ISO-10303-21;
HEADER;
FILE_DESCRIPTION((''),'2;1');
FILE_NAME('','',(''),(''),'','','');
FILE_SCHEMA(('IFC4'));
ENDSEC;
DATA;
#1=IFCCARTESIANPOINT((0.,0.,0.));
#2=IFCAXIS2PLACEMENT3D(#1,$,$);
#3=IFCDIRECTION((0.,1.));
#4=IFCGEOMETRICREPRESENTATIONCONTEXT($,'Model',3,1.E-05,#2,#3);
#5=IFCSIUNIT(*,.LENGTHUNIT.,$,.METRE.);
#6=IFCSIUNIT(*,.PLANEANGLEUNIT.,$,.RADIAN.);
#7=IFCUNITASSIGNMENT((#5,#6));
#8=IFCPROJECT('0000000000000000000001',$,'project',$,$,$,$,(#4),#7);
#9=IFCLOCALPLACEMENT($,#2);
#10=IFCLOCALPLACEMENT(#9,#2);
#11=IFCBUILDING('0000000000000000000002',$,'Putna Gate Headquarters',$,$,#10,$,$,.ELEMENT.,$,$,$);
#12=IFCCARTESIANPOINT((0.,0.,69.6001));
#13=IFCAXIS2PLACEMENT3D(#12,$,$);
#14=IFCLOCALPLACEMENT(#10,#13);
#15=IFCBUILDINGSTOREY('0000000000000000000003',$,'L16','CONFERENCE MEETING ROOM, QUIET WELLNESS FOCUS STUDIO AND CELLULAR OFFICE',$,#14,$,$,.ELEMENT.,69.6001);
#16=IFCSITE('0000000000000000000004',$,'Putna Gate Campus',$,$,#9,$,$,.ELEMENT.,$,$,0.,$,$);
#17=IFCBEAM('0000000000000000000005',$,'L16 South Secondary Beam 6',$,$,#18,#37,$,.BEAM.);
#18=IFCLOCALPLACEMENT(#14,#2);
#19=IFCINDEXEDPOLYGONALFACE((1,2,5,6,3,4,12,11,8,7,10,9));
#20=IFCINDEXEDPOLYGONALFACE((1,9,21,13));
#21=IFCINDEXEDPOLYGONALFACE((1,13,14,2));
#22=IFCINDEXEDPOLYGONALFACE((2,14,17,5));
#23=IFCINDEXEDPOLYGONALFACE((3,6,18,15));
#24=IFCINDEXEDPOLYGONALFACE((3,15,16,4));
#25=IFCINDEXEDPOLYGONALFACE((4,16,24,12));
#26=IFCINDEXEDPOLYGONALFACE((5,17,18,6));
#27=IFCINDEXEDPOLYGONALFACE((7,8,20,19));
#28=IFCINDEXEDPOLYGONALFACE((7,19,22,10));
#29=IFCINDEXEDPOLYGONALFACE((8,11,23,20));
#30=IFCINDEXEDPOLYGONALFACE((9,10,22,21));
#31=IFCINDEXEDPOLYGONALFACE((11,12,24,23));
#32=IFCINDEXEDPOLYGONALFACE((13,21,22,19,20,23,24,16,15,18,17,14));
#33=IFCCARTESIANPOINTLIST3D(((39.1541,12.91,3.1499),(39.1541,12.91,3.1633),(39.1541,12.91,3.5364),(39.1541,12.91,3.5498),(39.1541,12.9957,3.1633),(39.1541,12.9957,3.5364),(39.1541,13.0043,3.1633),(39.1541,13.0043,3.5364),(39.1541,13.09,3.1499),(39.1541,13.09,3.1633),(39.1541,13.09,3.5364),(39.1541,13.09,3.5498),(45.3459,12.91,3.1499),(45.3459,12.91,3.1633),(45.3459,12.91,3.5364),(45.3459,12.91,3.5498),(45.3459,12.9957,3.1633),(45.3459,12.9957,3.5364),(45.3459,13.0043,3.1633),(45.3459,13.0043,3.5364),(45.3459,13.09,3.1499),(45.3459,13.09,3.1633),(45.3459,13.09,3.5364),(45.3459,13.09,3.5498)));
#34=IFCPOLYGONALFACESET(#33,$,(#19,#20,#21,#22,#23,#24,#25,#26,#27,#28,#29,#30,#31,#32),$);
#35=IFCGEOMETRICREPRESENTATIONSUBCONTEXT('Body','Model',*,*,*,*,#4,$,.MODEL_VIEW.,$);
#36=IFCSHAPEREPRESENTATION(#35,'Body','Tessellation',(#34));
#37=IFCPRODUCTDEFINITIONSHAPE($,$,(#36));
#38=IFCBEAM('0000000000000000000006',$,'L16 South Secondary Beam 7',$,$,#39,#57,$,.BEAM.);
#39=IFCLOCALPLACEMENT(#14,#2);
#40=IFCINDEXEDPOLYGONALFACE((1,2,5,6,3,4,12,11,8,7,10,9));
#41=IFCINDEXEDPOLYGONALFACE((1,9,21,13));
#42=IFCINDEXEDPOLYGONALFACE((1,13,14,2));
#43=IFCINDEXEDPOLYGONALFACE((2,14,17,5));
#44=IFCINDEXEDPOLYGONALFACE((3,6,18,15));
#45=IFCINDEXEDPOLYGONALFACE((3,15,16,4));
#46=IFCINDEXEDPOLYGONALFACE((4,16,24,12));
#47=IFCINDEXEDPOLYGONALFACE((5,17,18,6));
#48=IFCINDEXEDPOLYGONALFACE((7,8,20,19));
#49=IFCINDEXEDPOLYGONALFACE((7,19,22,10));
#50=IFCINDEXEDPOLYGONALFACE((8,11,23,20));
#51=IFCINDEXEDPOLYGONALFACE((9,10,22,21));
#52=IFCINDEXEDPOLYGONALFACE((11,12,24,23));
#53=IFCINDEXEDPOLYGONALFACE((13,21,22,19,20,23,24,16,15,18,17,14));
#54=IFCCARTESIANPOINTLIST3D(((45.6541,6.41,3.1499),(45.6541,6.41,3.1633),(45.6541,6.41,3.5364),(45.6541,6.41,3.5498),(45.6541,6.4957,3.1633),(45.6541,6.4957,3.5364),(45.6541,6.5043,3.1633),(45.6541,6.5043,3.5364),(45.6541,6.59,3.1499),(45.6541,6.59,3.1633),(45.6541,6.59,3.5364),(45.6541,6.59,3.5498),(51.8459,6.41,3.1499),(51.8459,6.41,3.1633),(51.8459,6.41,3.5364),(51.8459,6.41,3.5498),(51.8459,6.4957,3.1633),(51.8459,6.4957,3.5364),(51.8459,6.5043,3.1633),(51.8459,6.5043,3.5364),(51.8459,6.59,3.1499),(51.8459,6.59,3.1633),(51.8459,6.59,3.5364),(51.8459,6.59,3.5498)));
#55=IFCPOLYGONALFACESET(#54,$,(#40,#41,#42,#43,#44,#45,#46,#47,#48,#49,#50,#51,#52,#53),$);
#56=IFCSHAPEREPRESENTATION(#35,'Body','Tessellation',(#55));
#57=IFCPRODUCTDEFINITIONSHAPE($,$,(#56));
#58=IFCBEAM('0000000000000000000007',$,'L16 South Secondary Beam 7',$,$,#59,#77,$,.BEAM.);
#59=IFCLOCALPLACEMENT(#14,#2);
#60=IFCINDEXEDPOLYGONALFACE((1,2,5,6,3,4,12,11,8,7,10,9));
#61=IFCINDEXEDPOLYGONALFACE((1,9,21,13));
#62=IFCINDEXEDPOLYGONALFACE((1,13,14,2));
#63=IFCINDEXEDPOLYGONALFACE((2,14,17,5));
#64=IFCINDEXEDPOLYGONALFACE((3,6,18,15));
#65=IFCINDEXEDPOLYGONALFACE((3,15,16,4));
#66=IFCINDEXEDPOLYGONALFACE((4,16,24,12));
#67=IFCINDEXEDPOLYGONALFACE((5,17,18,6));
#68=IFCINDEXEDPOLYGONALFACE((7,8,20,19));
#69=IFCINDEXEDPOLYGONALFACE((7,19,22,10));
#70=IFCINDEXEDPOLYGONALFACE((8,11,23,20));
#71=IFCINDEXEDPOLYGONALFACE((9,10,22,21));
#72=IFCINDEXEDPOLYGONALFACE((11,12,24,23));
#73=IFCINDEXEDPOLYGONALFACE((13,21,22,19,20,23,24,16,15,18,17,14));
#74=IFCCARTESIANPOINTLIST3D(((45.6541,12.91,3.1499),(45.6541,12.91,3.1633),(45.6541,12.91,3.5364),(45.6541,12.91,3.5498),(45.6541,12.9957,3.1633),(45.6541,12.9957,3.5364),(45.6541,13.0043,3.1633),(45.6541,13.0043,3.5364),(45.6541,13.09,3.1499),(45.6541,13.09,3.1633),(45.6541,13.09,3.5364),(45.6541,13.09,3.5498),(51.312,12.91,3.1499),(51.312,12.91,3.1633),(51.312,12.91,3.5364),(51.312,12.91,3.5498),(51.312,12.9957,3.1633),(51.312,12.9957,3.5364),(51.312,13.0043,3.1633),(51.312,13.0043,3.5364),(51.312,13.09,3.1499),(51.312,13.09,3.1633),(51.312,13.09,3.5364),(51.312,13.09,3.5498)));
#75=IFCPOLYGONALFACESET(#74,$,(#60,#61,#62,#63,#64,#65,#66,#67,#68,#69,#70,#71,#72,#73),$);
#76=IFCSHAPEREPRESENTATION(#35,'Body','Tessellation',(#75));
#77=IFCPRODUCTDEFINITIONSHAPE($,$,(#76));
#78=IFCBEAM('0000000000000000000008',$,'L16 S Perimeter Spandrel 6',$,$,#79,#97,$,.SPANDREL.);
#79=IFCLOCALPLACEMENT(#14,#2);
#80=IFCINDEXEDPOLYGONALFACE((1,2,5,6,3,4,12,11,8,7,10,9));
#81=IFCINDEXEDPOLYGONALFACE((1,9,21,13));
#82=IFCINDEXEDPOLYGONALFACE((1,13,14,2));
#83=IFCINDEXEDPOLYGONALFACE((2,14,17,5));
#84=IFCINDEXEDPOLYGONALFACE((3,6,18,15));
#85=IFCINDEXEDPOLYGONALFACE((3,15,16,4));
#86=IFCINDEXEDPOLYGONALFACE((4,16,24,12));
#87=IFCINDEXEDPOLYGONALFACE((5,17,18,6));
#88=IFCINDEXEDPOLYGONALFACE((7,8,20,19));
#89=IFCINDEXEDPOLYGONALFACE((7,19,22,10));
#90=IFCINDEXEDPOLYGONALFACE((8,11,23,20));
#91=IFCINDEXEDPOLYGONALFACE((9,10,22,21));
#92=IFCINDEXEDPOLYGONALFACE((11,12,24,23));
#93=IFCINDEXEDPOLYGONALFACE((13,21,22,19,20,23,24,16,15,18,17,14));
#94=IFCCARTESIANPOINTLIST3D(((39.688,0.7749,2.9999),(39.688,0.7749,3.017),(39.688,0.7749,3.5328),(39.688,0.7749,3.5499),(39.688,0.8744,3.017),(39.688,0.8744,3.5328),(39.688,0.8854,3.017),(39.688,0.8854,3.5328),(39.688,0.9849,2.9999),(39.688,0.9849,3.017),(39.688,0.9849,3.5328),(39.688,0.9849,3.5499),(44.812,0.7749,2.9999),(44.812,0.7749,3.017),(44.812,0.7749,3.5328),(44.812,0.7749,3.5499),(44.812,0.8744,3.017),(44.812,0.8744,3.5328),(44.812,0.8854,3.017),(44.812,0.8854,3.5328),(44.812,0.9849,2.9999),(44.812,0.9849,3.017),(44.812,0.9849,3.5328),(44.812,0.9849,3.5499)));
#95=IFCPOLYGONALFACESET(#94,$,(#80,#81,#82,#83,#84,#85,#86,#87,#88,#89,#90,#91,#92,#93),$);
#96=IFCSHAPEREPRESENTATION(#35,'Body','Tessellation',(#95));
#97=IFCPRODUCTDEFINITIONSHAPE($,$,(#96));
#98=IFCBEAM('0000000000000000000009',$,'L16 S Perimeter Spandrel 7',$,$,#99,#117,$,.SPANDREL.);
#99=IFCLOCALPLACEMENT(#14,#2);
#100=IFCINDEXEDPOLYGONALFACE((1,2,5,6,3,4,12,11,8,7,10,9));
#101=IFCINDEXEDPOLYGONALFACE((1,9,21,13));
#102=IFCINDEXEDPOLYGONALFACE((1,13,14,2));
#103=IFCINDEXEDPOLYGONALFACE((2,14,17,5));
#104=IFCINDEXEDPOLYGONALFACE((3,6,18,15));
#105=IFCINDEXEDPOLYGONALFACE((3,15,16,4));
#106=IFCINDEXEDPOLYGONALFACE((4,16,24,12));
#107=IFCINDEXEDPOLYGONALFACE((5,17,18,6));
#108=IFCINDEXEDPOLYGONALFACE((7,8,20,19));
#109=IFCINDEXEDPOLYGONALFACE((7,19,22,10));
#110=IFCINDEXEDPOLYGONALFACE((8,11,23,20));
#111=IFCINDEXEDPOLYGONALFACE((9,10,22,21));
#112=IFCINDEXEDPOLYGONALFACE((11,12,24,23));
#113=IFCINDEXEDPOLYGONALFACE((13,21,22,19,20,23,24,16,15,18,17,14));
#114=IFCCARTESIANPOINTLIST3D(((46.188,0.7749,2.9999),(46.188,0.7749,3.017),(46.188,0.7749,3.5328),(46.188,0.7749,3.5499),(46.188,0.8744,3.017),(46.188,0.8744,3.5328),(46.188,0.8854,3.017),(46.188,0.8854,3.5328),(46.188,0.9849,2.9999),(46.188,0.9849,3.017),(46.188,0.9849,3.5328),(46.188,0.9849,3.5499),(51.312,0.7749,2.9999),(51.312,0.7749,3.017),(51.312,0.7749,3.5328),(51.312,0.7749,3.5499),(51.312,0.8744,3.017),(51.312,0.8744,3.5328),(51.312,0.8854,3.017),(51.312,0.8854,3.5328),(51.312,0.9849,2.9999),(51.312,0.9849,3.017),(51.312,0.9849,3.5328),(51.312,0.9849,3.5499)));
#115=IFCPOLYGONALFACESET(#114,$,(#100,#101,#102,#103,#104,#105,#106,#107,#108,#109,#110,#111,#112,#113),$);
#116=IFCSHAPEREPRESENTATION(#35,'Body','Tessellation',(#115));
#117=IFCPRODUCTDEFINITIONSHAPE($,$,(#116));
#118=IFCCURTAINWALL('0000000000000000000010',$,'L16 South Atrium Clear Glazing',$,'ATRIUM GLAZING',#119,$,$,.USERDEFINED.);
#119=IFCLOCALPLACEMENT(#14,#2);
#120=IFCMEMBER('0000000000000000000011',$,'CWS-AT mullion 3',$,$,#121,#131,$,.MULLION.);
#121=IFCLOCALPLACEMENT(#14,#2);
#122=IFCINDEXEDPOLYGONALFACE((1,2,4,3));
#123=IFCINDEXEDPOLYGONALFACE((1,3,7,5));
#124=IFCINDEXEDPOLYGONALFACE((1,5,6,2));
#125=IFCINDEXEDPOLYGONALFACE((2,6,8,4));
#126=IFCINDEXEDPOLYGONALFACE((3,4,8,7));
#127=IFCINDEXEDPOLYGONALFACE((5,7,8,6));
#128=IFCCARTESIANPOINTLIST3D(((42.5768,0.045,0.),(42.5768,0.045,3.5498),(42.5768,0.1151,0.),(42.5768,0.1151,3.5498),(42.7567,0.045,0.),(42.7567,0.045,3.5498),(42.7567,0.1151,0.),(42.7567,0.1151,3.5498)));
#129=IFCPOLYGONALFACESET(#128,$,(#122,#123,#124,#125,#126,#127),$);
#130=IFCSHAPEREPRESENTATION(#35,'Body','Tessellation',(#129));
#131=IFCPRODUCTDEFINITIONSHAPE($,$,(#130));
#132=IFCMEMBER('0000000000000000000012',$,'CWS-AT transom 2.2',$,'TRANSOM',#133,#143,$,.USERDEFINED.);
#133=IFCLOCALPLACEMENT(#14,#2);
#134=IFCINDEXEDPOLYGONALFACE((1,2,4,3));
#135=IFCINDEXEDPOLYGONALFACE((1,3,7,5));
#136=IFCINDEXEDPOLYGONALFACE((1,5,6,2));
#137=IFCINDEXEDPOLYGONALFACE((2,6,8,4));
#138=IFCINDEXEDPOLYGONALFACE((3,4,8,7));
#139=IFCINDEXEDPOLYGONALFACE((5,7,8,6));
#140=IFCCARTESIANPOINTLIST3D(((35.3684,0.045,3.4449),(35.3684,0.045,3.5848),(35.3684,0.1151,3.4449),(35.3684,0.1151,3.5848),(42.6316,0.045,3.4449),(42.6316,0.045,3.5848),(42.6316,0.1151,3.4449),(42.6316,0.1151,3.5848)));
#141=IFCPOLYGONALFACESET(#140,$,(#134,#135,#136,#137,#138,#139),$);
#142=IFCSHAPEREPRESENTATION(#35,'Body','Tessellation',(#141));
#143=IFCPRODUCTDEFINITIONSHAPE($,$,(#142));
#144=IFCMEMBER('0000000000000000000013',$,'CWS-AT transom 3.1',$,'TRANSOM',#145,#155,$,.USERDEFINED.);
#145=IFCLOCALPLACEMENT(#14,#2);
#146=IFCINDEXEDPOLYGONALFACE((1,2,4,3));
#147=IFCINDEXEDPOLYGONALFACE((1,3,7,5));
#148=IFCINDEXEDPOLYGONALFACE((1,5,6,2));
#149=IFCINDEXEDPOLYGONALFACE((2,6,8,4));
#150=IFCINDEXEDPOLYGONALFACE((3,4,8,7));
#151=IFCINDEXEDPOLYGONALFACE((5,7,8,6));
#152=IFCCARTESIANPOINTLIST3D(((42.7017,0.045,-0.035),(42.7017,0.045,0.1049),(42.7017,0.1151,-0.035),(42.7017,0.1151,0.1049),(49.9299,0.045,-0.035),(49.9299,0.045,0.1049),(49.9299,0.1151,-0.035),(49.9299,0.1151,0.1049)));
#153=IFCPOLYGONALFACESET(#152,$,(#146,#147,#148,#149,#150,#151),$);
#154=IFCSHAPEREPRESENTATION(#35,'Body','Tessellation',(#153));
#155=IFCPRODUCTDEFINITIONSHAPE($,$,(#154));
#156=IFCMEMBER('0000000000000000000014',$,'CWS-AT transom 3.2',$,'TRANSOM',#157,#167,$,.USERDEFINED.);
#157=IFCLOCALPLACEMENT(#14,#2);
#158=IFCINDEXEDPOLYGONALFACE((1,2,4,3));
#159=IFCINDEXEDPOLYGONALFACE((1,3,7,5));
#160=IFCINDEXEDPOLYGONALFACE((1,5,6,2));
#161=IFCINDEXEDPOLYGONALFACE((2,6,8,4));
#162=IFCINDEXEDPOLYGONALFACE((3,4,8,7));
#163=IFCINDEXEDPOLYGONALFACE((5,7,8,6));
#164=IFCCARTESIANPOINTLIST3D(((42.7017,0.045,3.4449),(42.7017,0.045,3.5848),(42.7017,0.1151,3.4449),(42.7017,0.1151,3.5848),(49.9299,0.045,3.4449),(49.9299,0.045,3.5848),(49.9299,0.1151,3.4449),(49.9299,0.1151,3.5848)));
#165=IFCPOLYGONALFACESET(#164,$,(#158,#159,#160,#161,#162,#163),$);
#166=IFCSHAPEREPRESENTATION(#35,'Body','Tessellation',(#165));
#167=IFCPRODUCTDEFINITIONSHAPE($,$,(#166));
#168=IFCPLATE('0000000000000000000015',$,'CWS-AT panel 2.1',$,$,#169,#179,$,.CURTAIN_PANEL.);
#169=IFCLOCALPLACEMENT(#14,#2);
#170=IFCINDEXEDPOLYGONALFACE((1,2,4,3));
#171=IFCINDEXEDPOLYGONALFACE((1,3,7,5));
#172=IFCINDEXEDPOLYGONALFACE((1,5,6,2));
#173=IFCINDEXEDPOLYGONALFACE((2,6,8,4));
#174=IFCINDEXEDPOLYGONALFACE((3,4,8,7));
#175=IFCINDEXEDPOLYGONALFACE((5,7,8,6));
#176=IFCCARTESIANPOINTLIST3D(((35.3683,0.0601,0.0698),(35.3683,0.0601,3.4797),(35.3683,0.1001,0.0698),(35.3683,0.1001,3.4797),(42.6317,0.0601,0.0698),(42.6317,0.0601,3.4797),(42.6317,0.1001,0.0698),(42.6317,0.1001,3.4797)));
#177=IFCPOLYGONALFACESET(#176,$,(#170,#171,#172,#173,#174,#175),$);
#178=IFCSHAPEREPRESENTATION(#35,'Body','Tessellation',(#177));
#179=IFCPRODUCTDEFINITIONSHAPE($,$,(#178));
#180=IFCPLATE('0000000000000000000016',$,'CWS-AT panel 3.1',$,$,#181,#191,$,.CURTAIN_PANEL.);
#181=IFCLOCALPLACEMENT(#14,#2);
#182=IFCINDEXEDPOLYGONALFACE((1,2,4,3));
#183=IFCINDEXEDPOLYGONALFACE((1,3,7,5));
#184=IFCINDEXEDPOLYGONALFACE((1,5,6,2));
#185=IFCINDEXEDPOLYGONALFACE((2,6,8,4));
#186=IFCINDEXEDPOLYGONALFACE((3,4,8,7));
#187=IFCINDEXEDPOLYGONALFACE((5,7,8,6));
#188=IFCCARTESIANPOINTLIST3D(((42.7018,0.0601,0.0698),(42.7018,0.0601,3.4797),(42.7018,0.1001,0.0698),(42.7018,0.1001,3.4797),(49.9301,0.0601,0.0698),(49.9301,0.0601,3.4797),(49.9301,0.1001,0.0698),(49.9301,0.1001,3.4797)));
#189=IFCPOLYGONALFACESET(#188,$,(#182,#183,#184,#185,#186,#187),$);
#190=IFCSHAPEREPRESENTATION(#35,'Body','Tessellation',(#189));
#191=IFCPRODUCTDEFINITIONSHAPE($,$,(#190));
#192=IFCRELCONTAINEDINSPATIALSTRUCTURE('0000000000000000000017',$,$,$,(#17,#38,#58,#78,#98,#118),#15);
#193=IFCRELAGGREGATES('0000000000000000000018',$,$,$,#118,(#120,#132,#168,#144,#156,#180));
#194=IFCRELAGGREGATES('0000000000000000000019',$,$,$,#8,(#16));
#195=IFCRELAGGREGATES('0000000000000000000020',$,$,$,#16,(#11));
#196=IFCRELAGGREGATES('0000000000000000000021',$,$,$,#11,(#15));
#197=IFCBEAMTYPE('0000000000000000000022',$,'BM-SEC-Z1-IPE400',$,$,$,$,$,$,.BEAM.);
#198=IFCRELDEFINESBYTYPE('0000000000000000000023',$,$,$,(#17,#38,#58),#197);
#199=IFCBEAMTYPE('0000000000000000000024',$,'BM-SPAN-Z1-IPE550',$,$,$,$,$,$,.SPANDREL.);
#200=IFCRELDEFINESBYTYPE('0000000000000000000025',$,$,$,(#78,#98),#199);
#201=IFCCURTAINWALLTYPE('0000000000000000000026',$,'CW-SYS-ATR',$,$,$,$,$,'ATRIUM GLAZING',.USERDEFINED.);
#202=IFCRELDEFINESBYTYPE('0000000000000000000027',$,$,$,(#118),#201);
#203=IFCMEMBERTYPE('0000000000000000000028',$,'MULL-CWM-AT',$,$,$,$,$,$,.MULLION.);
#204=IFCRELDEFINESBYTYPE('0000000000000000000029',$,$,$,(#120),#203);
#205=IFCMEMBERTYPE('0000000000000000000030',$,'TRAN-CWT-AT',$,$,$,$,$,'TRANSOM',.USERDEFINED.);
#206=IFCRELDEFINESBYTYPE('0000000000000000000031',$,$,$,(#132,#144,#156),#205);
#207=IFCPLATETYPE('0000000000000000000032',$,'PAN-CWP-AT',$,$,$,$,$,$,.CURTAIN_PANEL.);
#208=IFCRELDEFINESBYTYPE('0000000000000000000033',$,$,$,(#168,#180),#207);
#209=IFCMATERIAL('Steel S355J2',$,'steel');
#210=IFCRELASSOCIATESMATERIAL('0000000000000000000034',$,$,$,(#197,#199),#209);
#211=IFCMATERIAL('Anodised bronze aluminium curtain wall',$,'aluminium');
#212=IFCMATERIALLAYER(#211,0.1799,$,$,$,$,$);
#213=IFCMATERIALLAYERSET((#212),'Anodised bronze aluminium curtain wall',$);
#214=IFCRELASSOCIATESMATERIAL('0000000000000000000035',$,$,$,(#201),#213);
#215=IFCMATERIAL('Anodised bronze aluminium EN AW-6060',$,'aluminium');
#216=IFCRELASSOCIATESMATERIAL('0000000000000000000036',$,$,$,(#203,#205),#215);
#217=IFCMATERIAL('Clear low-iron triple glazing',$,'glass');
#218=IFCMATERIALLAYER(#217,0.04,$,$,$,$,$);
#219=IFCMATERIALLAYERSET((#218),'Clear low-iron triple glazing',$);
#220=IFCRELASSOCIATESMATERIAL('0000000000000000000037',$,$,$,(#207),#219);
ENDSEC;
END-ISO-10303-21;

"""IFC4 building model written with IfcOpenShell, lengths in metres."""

from ifc_helpers import new_model, si_unit, direction, frame, origin, origin_2d, place, context, subcontext, project, spatial, rectangle, i_section, extrude, material, layer, layer_set, material_profile, profile_set, type_object, element, aggregate, save


model = new_model("IFC4")

# Units and contexts
model_context = context("Model", 3, precision=1e-05, world=origin(), true_north=direction((0.0, 1.0)))
body_context = subcontext(model_context, "Body", "Model", "MODEL_VIEW")
ifc_project = project(units=[si_unit("LENGTHUNIT", "METRE"), si_unit("PLANEANGLEUNIT", "RADIAN")], contexts=[model_context])

# Site, building, storey
site_placement = place(None, origin())
site = spatial("IfcSite", under=ifc_project, at=site_placement, Name="Putna Gate Campus", CompositionType="ELEMENT", RefElevation=0.0)
building_placement = place(site_placement, origin())
building = spatial("IfcBuilding", under=site, at=building_placement, Name="Putna Gate Headquarters", CompositionType="ELEMENT")
storey_placement = place(building_placement, frame((0.0, 0.0, 69.6001)))
storey = spatial("IfcBuildingStorey", under=building, at=storey_placement, Name="L16", Description="CONFERENCE MEETING ROOM, QUIET WELLNESS FOCUS STUDIO AND CELLULAR OFFICE", CompositionType="ELEMENT", Elevation=69.6001)

# Beams
ifc_material_1 = material(Name="Steel S355J2", Category="steel")
ifc_material_profile_1 = material_profile(ifc_material_1, i_section(OverallWidth=0.1799, OverallDepth=0.3999, WebThickness=0.0085, FlangeThickness=0.0134, at=origin_2d()), Name="Steel S355J2")
ifc_profile_set_1 = profile_set([ifc_material_profile_1], Name="Steel S355J2")
beam_type_1 = type_object("IfcBeamType", Name="BM-SEC-Z1-IPE400", PredefinedType="BEAM", material=ifc_profile_set_1)
for number, where, z_axis, x_axis, name in (
    (1, (39.1541, 13.0, 3.3499), (1.0, 0.0, 0.0), (0.0, 1.0, 0.0), "L16 South Secondary Beam 6"),
    (2, (45.6541, 6.5, 3.3499), (1.0, 0.0, 0.0), (0.0, 1.0, 0.0), "L16 South Secondary Beam 7"),
):
    element("IfcBeam", number, at=place(storey_placement, frame(where, z_axis=z_axis, x_axis=x_axis)), inside=storey, type_object=beam_type_1, Name=name, PredefinedType="BEAM", context=body_context, shape_type="SweptSolid", body=[
        extrude(i_section(OverallWidth=0.1799, OverallDepth=0.3999, WebThickness=0.0085, FlangeThickness=0.0134, at=origin_2d()), origin(), (0.0, 0.0, 1.0), 6.1919),
    ])
beam_1_placement = place(storey_placement, frame((45.6541, 13.0, 3.3499), z_axis=(1.0, 0.0, 0.0), x_axis=(0.0, 1.0, 0.0)))
element("IfcBeam", 3, at=beam_1_placement, inside=storey, type_object=beam_type_1, Name="L16 South Secondary Beam 7", PredefinedType="BEAM", context=body_context, shape_type="SweptSolid", body=[
    extrude(i_section(OverallWidth=0.1799, OverallDepth=0.3999, WebThickness=0.0085, FlangeThickness=0.0134, at=origin_2d()), origin(), (0.0, 0.0, 1.0), 5.658),
])
ifc_material_profile_2 = material_profile(ifc_material_1, i_section(OverallWidth=0.21, OverallDepth=0.55, WebThickness=0.011, FlangeThickness=0.0171, at=origin_2d()), Name="Steel S355J2")
ifc_profile_set_2 = profile_set([ifc_material_profile_2], Name="Steel S355J2")
beam_type_2 = type_object("IfcBeamType", Name="BM-SPAN-Z1-IPE550", PredefinedType="SPANDREL", material=ifc_profile_set_2)
for number, where, z_axis, x_axis, name in (
    (4, (39.688, 0.8799, 3.2749), (1.0, 0.0, 0.0), (0.0, 1.0, 0.0), "L16 S Perimeter Spandrel 6"),
    (5, (46.188, 0.8799, 3.2749), (1.0, 0.0, 0.0), (0.0, 1.0, 0.0), "L16 S Perimeter Spandrel 7"),
):
    element("IfcBeam", number, at=place(storey_placement, frame(where, z_axis=z_axis, x_axis=x_axis)), inside=storey, type_object=beam_type_2, Name=name, PredefinedType="SPANDREL", context=body_context, shape_type="SweptSolid", body=[
        extrude(i_section(OverallWidth=0.21, OverallDepth=0.55, WebThickness=0.011, FlangeThickness=0.0171, at=origin_2d()), origin(), (0.0, 0.0, 1.0), 5.124),
    ])

# Curtain wall, members, plates
ifc_material_2 = material(Name="Anodised bronze aluminium curtain wall", Category="aluminium")
ifc_layer_1 = layer(ifc_material_2, 0.1799)
ifc_layer_set_1 = layer_set([ifc_layer_1], Name="Anodised bronze aluminium curtain wall")
curtain_wall_type = type_object("IfcCurtainWallType", Name="CW-SYS-ATR", ElementType="ATRIUM GLAZING", PredefinedType="USERDEFINED", material=ifc_layer_set_1)
curtain_wall_placement = place(storey_placement, origin())
curtain_wall = element("IfcCurtainWall", 6, at=curtain_wall_placement, inside=storey, type_object=curtain_wall_type, Name="L16 South Atrium Clear Glazing", ObjectType="ATRIUM GLAZING", PredefinedType="USERDEFINED")
ifc_material_3 = material(Name="Anodised bronze aluminium EN AW-6060", Category="aluminium")
ifc_material_profile_3 = material_profile(ifc_material_3, rectangle(XDim=0.0701, YDim=0.1799, at=origin_2d()), Name="Anodised bronze aluminium EN AW-6060")
ifc_profile_set_3 = profile_set([ifc_material_profile_3], Name="Anodised bronze aluminium EN AW-6060")
member_type_1 = type_object("IfcMemberType", Name="MULL-CWM-AT", PredefinedType="MULLION", material=ifc_profile_set_3)
member_1_placement = place(storey_placement, frame((42.6667, 0.0801, 0.0), z_axis=(0.0, 0.0, 1.0), x_axis=(0.0, 1.0, 0.0)))
member_1 = element("IfcMember", 7, at=member_1_placement, type_object=member_type_1, Name="CWS-AT mullion 3", PredefinedType="MULLION", context=body_context, shape_type="SweptSolid", body=[
    extrude(rectangle(XDim=0.0701, YDim=0.1799, at=origin_2d()), origin(), (0.0, 0.0, 1.0), 3.5498),
])
ifc_material_profile_4 = material_profile(ifc_material_3, rectangle(XDim=0.0701, YDim=0.1399, at=origin_2d()), Name="Anodised bronze aluminium EN AW-6060")
ifc_profile_set_4 = profile_set([ifc_material_profile_4], Name="Anodised bronze aluminium EN AW-6060")
member_type_2 = type_object("IfcMemberType", Name="TRAN-CWT-AT", ElementType="TRANSOM", PredefinedType="USERDEFINED", material=ifc_profile_set_4)
member_2_placement = place(storey_placement, frame((35.3684, 0.0801, 3.5149), z_axis=(1.0, 0.0, 0.0), x_axis=(0.0, 1.0, 0.0)))
member_2 = element("IfcMember", 8, at=member_2_placement, type_object=member_type_2, Name="CWS-AT transom 2.2", ObjectType="TRANSOM", PredefinedType="USERDEFINED", context=body_context, shape_type="SweptSolid", body=[
    extrude(rectangle(XDim=0.0701, YDim=0.1399, at=origin_2d()), origin(), (0.0, 0.0, 1.0), 7.2632),
])
member_3_placement = place(storey_placement, frame((42.7017, 0.0801, 0.0349), z_axis=(1.0, 0.0, 0.0), x_axis=(0.0, 1.0, 0.0)))
member_3 = element("IfcMember", 9, at=member_3_placement, type_object=member_type_2, Name="CWS-AT transom 3.1", ObjectType="TRANSOM", PredefinedType="USERDEFINED", context=body_context, shape_type="SweptSolid", body=[
    extrude(rectangle(XDim=0.0701, YDim=0.1399, at=origin_2d()), origin(), (0.0, 0.0, 1.0), 7.2283),
])
member_4_placement = place(storey_placement, frame((42.7017, 0.0801, 3.5149), z_axis=(1.0, 0.0, 0.0), x_axis=(0.0, 1.0, 0.0)))
member_4 = element("IfcMember", 10, at=member_4_placement, type_object=member_type_2, Name="CWS-AT transom 3.2", ObjectType="TRANSOM", PredefinedType="USERDEFINED", context=body_context, shape_type="SweptSolid", body=[
    extrude(rectangle(XDim=0.0701, YDim=0.1399, at=origin_2d()), origin(), (0.0, 0.0, 1.0), 7.2283),
])
ifc_material_4 = material(Name="Clear low-iron triple glazing", Category="glass")
ifc_layer_2 = layer(ifc_material_4, 0.04)
ifc_layer_set_2 = layer_set([ifc_layer_2], Name="Clear low-iron triple glazing")
plate_type = type_object("IfcPlateType", Name="PAN-CWP-AT", PredefinedType="CURTAIN_PANEL", material=ifc_layer_set_2)
plate_1_placement = place(storey_placement, frame((39.0, 0.0801, 0.0698), z_axis=(0.0, 0.0, 1.0), x_axis=(1.0, 0.0, 0.0)))
plate_1 = element("IfcPlate", 11, at=plate_1_placement, type_object=plate_type, Name="CWS-AT panel 2.1", PredefinedType="CURTAIN_PANEL", context=body_context, shape_type="SweptSolid", body=[
    extrude(rectangle(XDim=7.2634, YDim=0.04, at=origin_2d()), origin(), (0.0, 0.0, 1.0), 3.4099),
])
plate_2_placement = place(storey_placement, frame((46.3159, 0.0801, 0.0698), z_axis=(0.0, 0.0, 1.0), x_axis=(1.0, 0.0, 0.0)))
plate_2 = element("IfcPlate", 12, at=plate_2_placement, type_object=plate_type, Name="CWS-AT panel 3.1", PredefinedType="CURTAIN_PANEL", context=body_context, shape_type="SweptSolid", body=[
    extrude(rectangle(XDim=7.2283, YDim=0.04, at=origin_2d()), origin(), (0.0, 0.0, 1.0), 3.4099),
])
aggregate(curtain_wall, [member_1, member_2, plate_1, member_3, member_4, plate_2])

save(model, "model.ifc")
